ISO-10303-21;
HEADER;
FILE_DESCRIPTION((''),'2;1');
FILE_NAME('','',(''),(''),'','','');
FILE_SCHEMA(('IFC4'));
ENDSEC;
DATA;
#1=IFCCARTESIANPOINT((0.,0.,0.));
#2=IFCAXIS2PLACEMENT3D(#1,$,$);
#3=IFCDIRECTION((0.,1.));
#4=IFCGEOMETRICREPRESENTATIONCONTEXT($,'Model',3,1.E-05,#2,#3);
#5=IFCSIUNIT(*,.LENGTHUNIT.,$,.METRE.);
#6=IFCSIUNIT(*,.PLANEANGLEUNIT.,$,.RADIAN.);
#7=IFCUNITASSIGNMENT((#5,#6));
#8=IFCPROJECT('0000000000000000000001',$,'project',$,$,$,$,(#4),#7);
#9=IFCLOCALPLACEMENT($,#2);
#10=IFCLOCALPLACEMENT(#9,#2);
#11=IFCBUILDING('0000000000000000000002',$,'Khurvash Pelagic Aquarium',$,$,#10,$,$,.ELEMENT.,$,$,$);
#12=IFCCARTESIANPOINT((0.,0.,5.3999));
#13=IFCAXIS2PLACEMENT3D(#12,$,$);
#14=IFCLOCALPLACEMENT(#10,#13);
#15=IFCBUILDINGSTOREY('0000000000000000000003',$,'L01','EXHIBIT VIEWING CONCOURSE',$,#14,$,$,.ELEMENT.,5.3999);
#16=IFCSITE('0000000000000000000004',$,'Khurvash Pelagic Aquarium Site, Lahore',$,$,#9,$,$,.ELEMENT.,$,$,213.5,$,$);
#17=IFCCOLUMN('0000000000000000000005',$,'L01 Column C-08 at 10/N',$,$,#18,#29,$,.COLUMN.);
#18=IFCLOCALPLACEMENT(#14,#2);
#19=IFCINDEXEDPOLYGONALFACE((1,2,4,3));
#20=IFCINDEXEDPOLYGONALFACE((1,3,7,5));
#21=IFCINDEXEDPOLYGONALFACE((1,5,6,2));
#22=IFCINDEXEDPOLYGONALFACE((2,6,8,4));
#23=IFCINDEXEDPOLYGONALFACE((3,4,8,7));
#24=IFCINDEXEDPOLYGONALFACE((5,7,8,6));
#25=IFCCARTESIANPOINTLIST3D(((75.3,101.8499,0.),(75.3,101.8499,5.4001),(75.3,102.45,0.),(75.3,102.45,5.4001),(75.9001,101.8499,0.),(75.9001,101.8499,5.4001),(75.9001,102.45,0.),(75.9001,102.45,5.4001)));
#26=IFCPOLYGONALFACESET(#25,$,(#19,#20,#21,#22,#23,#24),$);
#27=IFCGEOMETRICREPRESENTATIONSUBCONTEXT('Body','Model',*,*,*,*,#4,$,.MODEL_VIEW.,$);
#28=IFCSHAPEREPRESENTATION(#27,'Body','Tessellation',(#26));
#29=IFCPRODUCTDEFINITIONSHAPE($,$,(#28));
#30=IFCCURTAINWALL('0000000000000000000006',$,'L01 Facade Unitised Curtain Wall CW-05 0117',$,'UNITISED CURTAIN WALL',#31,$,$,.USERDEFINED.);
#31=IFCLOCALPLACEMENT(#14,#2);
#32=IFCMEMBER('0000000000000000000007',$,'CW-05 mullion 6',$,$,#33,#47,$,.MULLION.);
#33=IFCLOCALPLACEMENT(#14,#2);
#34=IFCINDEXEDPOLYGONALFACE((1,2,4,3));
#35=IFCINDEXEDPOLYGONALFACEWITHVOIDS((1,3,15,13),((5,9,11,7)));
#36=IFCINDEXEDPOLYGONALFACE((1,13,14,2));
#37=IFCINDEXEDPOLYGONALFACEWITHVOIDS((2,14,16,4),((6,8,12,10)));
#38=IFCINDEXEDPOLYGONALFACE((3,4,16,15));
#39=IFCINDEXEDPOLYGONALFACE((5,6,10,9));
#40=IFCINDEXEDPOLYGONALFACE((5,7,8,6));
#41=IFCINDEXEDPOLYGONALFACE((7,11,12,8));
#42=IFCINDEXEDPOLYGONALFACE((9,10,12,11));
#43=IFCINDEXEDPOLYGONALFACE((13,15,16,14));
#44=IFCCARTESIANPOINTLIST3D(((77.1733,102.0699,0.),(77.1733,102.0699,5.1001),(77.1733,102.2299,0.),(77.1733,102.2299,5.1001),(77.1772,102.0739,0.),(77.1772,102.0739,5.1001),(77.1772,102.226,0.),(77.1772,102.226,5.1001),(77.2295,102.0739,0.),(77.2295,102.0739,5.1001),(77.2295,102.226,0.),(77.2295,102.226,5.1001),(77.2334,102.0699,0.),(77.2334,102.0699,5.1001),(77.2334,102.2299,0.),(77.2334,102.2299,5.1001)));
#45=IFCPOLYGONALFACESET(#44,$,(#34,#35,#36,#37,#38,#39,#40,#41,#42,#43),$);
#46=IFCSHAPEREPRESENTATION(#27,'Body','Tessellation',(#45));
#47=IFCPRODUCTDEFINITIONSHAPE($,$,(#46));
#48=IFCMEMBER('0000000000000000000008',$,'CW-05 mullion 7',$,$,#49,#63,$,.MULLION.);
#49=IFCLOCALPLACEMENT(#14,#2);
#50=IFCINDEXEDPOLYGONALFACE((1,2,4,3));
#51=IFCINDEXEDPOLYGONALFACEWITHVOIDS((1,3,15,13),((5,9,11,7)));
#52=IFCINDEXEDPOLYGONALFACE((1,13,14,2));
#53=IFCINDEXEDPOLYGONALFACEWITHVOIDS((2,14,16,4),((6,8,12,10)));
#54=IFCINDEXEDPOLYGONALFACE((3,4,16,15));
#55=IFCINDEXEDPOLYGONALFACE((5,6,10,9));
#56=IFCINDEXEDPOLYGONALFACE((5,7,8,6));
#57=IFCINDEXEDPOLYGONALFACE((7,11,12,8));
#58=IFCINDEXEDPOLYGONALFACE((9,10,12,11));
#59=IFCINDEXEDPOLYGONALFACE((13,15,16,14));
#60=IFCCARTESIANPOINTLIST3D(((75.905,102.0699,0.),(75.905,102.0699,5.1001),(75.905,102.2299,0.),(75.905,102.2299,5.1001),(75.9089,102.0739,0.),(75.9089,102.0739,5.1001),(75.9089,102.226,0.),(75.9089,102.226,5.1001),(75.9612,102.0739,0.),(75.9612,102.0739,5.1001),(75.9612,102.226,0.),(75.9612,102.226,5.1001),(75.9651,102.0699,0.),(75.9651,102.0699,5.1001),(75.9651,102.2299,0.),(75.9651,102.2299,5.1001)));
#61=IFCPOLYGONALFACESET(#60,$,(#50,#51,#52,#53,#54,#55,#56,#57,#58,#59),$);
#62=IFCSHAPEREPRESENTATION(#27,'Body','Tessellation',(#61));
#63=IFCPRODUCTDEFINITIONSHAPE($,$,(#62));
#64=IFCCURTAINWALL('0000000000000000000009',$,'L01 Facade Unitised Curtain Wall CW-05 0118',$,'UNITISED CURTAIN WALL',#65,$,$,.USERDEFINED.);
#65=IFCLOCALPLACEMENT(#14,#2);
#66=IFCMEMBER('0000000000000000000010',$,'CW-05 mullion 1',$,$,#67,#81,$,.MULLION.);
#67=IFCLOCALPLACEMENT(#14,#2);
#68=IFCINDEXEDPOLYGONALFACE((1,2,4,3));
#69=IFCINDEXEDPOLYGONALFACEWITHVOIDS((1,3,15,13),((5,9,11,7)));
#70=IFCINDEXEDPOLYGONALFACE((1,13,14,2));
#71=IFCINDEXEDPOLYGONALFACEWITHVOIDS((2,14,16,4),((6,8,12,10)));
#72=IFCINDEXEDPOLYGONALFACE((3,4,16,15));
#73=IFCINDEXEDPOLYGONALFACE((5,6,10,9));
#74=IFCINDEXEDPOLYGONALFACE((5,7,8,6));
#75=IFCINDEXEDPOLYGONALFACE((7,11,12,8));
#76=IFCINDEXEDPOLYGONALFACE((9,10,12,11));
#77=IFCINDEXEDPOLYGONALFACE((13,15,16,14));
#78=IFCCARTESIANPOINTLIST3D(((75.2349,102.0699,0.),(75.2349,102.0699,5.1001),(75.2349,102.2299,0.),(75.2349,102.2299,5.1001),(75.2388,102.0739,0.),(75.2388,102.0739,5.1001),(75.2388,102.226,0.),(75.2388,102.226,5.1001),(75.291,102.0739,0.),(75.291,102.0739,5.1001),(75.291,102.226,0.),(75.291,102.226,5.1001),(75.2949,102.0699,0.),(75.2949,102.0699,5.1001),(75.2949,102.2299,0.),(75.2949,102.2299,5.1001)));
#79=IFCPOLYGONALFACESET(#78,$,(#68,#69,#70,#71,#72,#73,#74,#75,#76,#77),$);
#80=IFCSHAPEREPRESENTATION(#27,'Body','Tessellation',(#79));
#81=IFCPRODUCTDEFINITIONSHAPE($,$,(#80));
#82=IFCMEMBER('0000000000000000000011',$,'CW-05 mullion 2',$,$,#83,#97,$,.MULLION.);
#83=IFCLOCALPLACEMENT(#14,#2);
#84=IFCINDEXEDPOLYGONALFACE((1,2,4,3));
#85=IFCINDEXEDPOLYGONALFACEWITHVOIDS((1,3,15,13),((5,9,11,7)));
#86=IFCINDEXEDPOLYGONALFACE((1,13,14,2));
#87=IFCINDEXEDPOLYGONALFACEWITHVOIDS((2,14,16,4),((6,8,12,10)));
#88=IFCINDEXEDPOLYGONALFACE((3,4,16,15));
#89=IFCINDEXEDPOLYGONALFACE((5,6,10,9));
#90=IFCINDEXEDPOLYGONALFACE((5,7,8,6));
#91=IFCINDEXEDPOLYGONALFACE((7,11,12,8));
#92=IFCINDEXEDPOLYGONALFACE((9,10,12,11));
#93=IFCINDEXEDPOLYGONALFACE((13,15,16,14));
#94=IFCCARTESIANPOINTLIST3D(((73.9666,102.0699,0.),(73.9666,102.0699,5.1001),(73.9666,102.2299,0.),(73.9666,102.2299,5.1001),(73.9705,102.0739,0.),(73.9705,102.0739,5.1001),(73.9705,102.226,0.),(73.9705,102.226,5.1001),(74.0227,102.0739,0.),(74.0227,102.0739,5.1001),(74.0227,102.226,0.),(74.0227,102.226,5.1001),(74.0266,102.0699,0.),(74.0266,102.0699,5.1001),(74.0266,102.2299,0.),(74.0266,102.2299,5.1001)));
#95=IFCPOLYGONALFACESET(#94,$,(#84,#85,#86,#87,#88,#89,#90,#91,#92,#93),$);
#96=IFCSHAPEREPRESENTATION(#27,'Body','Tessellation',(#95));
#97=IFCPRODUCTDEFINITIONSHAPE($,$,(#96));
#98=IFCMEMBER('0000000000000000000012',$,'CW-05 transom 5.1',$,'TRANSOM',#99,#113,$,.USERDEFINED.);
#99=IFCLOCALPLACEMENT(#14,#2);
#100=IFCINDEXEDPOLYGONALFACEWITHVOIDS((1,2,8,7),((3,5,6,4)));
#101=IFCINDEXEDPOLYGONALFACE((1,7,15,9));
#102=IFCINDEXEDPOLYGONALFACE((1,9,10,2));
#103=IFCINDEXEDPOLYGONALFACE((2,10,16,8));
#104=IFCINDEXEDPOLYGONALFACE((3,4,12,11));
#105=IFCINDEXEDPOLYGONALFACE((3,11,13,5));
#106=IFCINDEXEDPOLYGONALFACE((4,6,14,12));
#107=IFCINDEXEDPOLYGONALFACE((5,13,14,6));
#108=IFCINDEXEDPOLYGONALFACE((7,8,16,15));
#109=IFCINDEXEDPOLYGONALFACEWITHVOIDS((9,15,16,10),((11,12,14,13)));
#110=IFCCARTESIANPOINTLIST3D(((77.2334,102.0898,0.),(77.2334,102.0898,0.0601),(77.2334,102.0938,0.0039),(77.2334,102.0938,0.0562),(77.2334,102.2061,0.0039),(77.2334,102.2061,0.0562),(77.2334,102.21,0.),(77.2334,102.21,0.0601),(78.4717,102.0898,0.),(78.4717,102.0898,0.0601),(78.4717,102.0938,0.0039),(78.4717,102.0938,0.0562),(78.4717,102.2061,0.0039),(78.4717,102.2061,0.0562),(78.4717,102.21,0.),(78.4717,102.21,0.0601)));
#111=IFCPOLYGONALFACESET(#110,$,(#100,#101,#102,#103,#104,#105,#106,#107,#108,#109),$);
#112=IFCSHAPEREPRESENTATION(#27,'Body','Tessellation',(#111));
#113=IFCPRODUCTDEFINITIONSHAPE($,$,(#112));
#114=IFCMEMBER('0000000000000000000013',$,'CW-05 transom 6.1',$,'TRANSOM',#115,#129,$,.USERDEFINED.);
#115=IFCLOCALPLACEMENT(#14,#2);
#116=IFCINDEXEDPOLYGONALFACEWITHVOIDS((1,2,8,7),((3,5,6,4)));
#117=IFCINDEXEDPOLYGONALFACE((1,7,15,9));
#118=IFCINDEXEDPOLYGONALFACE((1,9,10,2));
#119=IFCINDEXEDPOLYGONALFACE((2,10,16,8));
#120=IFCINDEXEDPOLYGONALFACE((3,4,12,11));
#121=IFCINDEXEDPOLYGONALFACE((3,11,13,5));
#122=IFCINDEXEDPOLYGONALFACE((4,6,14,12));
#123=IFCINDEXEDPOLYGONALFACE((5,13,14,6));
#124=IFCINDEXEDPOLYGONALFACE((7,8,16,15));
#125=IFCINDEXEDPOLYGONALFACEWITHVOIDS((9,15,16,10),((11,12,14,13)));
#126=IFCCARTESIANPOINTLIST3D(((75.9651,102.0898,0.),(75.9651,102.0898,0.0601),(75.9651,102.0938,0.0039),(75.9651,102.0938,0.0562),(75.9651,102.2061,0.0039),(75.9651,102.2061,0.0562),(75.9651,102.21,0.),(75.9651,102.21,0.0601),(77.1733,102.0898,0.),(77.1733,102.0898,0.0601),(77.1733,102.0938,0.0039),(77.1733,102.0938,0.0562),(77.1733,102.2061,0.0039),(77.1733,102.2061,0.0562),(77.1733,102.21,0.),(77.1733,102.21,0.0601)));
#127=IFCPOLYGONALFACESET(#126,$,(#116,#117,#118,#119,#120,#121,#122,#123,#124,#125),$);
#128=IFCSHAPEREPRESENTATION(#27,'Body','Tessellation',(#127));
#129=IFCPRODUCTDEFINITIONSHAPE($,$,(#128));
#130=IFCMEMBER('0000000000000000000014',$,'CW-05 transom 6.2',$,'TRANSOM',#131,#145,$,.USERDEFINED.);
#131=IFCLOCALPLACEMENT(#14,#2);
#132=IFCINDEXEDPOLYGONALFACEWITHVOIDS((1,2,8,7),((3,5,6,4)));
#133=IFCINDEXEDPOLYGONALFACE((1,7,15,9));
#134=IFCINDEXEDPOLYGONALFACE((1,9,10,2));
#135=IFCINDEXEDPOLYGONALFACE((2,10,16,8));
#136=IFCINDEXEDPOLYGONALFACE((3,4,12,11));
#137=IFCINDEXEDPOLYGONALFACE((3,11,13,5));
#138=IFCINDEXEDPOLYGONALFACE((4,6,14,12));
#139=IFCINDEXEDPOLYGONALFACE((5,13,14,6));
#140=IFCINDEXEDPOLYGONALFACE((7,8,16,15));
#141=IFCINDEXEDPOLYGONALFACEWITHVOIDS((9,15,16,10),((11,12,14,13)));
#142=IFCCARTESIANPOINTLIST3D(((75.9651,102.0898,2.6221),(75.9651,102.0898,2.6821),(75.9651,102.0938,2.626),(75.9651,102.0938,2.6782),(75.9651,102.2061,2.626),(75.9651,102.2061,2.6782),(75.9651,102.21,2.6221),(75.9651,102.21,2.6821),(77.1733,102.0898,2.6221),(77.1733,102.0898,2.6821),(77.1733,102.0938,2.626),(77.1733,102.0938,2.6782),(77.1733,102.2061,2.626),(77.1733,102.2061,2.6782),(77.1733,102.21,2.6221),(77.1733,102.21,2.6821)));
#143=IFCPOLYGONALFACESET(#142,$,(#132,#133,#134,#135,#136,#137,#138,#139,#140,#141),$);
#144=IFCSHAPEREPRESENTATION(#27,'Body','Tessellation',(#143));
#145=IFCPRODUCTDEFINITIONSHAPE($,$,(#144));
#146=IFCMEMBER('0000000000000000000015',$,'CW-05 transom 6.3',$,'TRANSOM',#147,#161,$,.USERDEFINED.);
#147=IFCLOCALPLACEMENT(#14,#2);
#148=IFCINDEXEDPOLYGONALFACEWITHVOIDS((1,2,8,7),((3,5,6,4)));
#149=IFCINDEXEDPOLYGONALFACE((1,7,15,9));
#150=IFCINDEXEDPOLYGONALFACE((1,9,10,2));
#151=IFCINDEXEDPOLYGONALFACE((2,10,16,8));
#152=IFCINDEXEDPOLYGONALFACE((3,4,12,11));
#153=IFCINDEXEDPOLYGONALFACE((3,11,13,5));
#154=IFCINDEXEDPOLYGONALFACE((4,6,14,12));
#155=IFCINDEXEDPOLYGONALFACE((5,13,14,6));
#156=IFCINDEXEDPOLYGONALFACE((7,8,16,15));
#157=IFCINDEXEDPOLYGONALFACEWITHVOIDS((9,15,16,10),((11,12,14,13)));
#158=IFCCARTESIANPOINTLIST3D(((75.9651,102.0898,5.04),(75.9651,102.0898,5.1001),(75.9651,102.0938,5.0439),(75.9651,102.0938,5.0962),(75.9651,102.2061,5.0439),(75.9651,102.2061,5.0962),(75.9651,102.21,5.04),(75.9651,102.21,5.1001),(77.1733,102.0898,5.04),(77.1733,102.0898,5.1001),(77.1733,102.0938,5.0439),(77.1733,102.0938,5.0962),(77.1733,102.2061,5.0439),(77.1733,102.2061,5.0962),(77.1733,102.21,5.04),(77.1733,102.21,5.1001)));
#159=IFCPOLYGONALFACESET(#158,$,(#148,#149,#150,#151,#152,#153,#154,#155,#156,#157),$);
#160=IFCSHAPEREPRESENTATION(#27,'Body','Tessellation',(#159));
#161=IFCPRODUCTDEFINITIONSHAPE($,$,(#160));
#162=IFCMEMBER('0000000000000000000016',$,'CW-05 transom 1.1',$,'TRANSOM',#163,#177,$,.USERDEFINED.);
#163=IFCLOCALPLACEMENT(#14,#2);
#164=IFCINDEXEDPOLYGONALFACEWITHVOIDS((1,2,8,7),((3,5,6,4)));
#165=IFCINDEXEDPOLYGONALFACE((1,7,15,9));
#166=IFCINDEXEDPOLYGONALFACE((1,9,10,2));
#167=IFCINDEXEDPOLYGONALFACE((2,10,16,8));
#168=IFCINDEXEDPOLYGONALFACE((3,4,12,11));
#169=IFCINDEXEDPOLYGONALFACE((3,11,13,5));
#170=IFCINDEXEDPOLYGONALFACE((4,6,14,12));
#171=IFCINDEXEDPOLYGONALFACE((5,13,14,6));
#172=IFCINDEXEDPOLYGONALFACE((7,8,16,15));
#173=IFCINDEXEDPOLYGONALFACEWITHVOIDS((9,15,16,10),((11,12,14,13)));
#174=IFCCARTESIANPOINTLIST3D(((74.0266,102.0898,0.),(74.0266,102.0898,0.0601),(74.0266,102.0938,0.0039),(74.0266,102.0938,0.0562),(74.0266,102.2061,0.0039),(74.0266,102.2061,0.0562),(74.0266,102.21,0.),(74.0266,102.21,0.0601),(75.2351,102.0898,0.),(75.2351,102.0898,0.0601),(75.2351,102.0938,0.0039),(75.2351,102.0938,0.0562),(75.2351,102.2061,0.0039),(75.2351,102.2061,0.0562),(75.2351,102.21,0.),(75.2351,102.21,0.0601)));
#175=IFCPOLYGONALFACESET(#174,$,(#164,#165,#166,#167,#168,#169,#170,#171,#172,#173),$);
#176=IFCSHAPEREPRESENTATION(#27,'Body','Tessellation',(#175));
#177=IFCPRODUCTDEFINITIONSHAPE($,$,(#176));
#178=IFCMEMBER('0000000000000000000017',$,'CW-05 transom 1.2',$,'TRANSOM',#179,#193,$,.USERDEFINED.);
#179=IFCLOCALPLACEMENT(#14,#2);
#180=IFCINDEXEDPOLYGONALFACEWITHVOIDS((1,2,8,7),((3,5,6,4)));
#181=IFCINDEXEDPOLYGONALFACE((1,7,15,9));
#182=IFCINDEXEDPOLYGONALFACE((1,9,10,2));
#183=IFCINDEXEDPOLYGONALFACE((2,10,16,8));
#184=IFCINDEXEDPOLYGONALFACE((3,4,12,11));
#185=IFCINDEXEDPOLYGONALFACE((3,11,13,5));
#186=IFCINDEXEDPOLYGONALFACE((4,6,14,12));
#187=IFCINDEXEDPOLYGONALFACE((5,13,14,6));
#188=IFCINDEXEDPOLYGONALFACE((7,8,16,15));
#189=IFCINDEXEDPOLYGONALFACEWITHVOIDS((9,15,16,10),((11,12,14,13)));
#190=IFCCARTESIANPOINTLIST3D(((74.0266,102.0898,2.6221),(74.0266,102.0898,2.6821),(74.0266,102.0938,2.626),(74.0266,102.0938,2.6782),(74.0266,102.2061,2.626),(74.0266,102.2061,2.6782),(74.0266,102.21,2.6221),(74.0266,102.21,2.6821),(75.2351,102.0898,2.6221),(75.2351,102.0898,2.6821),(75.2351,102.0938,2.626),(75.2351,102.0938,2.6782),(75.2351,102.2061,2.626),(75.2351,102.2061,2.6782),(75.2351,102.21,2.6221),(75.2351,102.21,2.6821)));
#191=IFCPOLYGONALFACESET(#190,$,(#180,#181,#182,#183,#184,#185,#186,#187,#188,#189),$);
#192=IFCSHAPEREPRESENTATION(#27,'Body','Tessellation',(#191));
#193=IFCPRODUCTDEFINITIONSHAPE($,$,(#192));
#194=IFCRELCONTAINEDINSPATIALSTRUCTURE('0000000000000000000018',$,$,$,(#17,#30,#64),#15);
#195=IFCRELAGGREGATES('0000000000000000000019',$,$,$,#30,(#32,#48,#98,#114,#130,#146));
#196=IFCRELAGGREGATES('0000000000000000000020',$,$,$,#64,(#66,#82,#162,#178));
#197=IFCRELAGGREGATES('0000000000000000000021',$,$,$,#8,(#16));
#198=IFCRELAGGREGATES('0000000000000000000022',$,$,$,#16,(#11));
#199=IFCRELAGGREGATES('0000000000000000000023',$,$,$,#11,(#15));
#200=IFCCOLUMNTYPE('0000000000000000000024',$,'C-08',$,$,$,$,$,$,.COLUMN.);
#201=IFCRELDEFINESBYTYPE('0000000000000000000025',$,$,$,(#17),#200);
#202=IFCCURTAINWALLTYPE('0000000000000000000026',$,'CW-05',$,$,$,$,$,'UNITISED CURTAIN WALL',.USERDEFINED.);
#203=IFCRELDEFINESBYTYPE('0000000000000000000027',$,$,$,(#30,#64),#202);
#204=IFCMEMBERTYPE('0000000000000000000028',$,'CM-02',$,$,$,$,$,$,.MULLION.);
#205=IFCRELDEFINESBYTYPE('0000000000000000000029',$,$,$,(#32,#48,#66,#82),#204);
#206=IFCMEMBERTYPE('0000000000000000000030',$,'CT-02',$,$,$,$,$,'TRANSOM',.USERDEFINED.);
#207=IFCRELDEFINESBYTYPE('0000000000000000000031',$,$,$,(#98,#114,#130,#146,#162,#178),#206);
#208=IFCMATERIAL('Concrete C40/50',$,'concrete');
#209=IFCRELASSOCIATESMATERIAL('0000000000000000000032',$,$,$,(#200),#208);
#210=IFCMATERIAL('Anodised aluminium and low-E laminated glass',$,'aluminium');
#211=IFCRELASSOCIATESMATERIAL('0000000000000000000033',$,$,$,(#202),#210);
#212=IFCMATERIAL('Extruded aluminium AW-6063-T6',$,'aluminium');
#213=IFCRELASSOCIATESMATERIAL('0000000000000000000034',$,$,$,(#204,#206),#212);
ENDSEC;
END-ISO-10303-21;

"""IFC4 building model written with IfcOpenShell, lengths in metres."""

from ifc_helpers import new_model, si_unit, direction, frame, origin, origin_2d, place, context, subcontext, project, spatial, rectangle, hollow_rectangle, extrude, material, material_profile, profile_set, type_object, element, aggregate, save


model = new_model("IFC4")

# Units and contexts
model_context = context("Model", 3, precision=1e-05, world=origin(), true_north=direction((0.0, 1.0)))
body_context = subcontext(model_context, "Body", "Model", "MODEL_VIEW")
ifc_project = project(units=[si_unit("LENGTHUNIT", "METRE"), si_unit("PLANEANGLEUNIT", "RADIAN")], contexts=[model_context])

# Site, building, storey
site_placement = place(None, origin())
site = spatial("IfcSite", under=ifc_project, at=site_placement, Name="Khurvash Pelagic Aquarium Site, Lahore", CompositionType="ELEMENT", RefElevation=213.5)
building_placement = place(site_placement, origin())
building = spatial("IfcBuilding", under=site, at=building_placement, Name="Khurvash Pelagic Aquarium", CompositionType="ELEMENT")
storey_placement = place(building_placement, frame((0.0, 0.0, 5.3999)))
storey = spatial("IfcBuildingStorey", under=building, at=storey_placement, Name="L01", Description="EXHIBIT VIEWING CONCOURSE", CompositionType="ELEMENT", Elevation=5.3999)

# Column
ifc_material_1 = material(Name="Concrete C40/50", Category="concrete")
ifc_material_profile_1 = material_profile(ifc_material_1, rectangle(XDim=0.6001, YDim=0.6001, at=origin_2d()), Name="RC600X600")
ifc_profile_set_1 = profile_set([ifc_material_profile_1], Name="Concrete C40/50")
column_type = type_object("IfcColumnType", Name="C-08", PredefinedType="COLUMN", material=ifc_profile_set_1)
column_placement = place(storey_placement, frame((75.6001, 102.1499, 0.0), z_axis=(0.0, 0.0, 1.0), x_axis=(1.0, 0.0, 0.0)))
element("IfcColumn", 1, at=column_placement, inside=storey, type_object=column_type, Name="L01 Column C-08 at 10/N", PredefinedType="COLUMN", context=body_context, shape_type="SweptSolid", body=[
    extrude(rectangle(XDim=0.6001, YDim=0.6001, at=origin_2d()), origin(), (0.0, 0.0, 1.0), 5.4001),
])

# Curtain walls, members
ifc_material_2 = material(Name="Anodised aluminium and low-E laminated glass", Category="aluminium")
curtain_wall_type = type_object("IfcCurtainWallType", Name="CW-05", ElementType="UNITISED CURTAIN WALL", PredefinedType="USERDEFINED", material=ifc_material_2)
curtain_wall_1_placement = place(storey_placement, origin())
curtain_wall_1 = element("IfcCurtainWall", 2, at=curtain_wall_1_placement, inside=storey, type_object=curtain_wall_type, Name="L01 Facade Unitised Curtain Wall CW-05 0117", ObjectType="UNITISED CURTAIN WALL", PredefinedType="USERDEFINED")
ifc_material_3 = material(Name="Extruded aluminium AW-6063-T6", Category="aluminium")
ifc_material_profile_2 = material_profile(ifc_material_3, hollow_rectangle(XDim=0.0601, YDim=0.1599, WallThickness=0.0039, at=origin_2d()), Name="CWM60X160X4")
ifc_profile_set_2 = profile_set([ifc_material_profile_2], Name="Extruded aluminium AW-6063-T6")
member_type_1 = type_object("IfcMemberType", Name="CM-02", PredefinedType="MULLION", material=ifc_profile_set_2)
member_1_placement = place(storey_placement, frame((77.2034, 102.1499, 0.0), z_axis=(0.0, 0.0, 1.0), x_axis=(-1.0, 0.0, 0.0)))
member_1 = element("IfcMember", 3, at=member_1_placement, type_object=member_type_1, Name="CW-05 mullion 6", PredefinedType="MULLION", context=body_context, shape_type="SweptSolid", body=[
    extrude(hollow_rectangle(XDim=0.0601, YDim=0.1599, WallThickness=0.0039, at=origin_2d()), origin(), (0.0, 0.0, 1.0), 5.1001),
])
member_2_placement = place(storey_placement, frame((75.9351, 102.1499, 0.0), z_axis=(0.0, 0.0, 1.0), x_axis=(-1.0, 0.0, 0.0)))
member_2 = element("IfcMember", 4, at=member_2_placement, type_object=member_type_1, Name="CW-05 mullion 7", PredefinedType="MULLION", context=body_context, shape_type="SweptSolid", body=[
    extrude(hollow_rectangle(XDim=0.0601, YDim=0.1599, WallThickness=0.0039, at=origin_2d()), origin(), (0.0, 0.0, 1.0), 5.1001),
])
curtain_wall_2_placement = place(storey_placement, origin())
curtain_wall_2 = element("IfcCurtainWall", 5, at=curtain_wall_2_placement, inside=storey, type_object=curtain_wall_type, Name="L01 Facade Unitised Curtain Wall CW-05 0118", ObjectType="UNITISED CURTAIN WALL", PredefinedType="USERDEFINED")
member_3_placement = place(storey_placement, frame((75.2649, 102.1499, 0.0), z_axis=(0.0, 0.0, 1.0), x_axis=(-1.0, 0.0, 0.0)))
member_3 = element("IfcMember", 6, at=member_3_placement, type_object=member_type_1, Name="CW-05 mullion 1", PredefinedType="MULLION", context=body_context, shape_type="SweptSolid", body=[
    extrude(hollow_rectangle(XDim=0.0601, YDim=0.1599, WallThickness=0.0039, at=origin_2d()), origin(), (0.0, 0.0, 1.0), 5.1001),
])
member_4_placement = place(storey_placement, frame((73.9966, 102.1499, 0.0), z_axis=(0.0, 0.0, 1.0), x_axis=(-1.0, 0.0, 0.0)))
member_4 = element("IfcMember", 7, at=member_4_placement, type_object=member_type_1, Name="CW-05 mullion 2", PredefinedType="MULLION", context=body_context, shape_type="SweptSolid", body=[
    extrude(hollow_rectangle(XDim=0.0601, YDim=0.1599, WallThickness=0.0039, at=origin_2d()), origin(), (0.0, 0.0, 1.0), 5.1001),
])

# Members
ifc_material_profile_3 = material_profile(ifc_material_3, hollow_rectangle(XDim=0.1201, YDim=0.0601, WallThickness=0.0039, at=origin_2d()), Name="CWT120X60X4")
ifc_profile_set_3 = profile_set([ifc_material_profile_3], Name="Extruded aluminium AW-6063-T6")
member_type_2 = type_object("IfcMemberType", Name="CT-02", ElementType="TRANSOM", PredefinedType="USERDEFINED", material=ifc_profile_set_3)
member_5_placement = place(storey_placement, frame((78.4717, 102.1499, 0.03), z_axis=(-1.0, 0.0, 0.0), x_axis=(0.0, -1.0, 0.0)))
member_5 = element("IfcMember", 8, at=member_5_placement, type_object=member_type_2, Name="CW-05 transom 5.1", ObjectType="TRANSOM", PredefinedType="USERDEFINED", context=body_context, shape_type="SweptSolid", body=[
    extrude(hollow_rectangle(XDim=0.1201, YDim=0.0601, WallThickness=0.0039, at=origin_2d()), origin(), (0.0, 0.0, 1.0), 1.2383),
])
member_6_placement = place(storey_placement, frame((77.1733, 102.1499, 0.03), z_axis=(-1.0, 0.0, 0.0), x_axis=(0.0, -1.0, 0.0)))
member_6 = element("IfcMember", 9, at=member_6_placement, type_object=member_type_2, Name="CW-05 transom 6.1", ObjectType="TRANSOM", PredefinedType="USERDEFINED", context=body_context, shape_type="SweptSolid", body=[
    extrude(hollow_rectangle(XDim=0.1201, YDim=0.0601, WallThickness=0.0039, at=origin_2d()), origin(), (0.0, 0.0, 1.0), 1.2083),
])
member_7_placement = place(storey_placement, frame((77.1733, 102.1499, 2.6521), z_axis=(-1.0, 0.0, 0.0), x_axis=(0.0, -1.0, 0.0)))
member_7 = element("IfcMember", 10, at=member_7_placement, type_object=member_type_2, Name="CW-05 transom 6.2", ObjectType="TRANSOM", PredefinedType="USERDEFINED", context=body_context, shape_type="SweptSolid", body=[
    extrude(hollow_rectangle(XDim=0.1201, YDim=0.0601, WallThickness=0.0039, at=origin_2d()), origin(), (0.0, 0.0, 1.0), 1.2083),
])
member_8_placement = place(storey_placement, frame((77.1733, 102.1499, 5.0701), z_axis=(-1.0, 0.0, 0.0), x_axis=(0.0, -1.0, 0.0)))
member_8 = element("IfcMember", 11, at=member_8_placement, type_object=member_type_2, Name="CW-05 transom 6.3", ObjectType="TRANSOM", PredefinedType="USERDEFINED", context=body_context, shape_type="SweptSolid", body=[
    extrude(hollow_rectangle(XDim=0.1201, YDim=0.0601, WallThickness=0.0039, at=origin_2d()), origin(), (0.0, 0.0, 1.0), 1.2083),
])
member_9_placement = place(storey_placement, frame((75.2351, 102.1499, 0.03), z_axis=(-1.0, 0.0, 0.0), x_axis=(0.0, -1.0, 0.0)))
member_9 = element("IfcMember", 12, at=member_9_placement, type_object=member_type_2, Name="CW-05 transom 1.1", ObjectType="TRANSOM", PredefinedType="USERDEFINED", context=body_context, shape_type="SweptSolid", body=[
    extrude(hollow_rectangle(XDim=0.1201, YDim=0.0601, WallThickness=0.0039, at=origin_2d()), origin(), (0.0, 0.0, 1.0), 1.2085),
])
member_10_placement = place(storey_placement, frame((75.2351, 102.1499, 2.6521), z_axis=(-1.0, 0.0, 0.0), x_axis=(0.0, -1.0, 0.0)))
member_10 = element("IfcMember", 13, at=member_10_placement, type_object=member_type_2, Name="CW-05 transom 1.2", ObjectType="TRANSOM", PredefinedType="USERDEFINED", context=body_context, shape_type="SweptSolid", body=[
    extrude(hollow_rectangle(XDim=0.1201, YDim=0.0601, WallThickness=0.0039, at=origin_2d()), origin(), (0.0, 0.0, 1.0), 1.2085),
])

aggregate(curtain_wall_1, [member_1, member_2, member_5, member_6, member_7, member_8])
aggregate(curtain_wall_2, [member_3, member_4, member_9, member_10])

save(model, "model.ifc")
